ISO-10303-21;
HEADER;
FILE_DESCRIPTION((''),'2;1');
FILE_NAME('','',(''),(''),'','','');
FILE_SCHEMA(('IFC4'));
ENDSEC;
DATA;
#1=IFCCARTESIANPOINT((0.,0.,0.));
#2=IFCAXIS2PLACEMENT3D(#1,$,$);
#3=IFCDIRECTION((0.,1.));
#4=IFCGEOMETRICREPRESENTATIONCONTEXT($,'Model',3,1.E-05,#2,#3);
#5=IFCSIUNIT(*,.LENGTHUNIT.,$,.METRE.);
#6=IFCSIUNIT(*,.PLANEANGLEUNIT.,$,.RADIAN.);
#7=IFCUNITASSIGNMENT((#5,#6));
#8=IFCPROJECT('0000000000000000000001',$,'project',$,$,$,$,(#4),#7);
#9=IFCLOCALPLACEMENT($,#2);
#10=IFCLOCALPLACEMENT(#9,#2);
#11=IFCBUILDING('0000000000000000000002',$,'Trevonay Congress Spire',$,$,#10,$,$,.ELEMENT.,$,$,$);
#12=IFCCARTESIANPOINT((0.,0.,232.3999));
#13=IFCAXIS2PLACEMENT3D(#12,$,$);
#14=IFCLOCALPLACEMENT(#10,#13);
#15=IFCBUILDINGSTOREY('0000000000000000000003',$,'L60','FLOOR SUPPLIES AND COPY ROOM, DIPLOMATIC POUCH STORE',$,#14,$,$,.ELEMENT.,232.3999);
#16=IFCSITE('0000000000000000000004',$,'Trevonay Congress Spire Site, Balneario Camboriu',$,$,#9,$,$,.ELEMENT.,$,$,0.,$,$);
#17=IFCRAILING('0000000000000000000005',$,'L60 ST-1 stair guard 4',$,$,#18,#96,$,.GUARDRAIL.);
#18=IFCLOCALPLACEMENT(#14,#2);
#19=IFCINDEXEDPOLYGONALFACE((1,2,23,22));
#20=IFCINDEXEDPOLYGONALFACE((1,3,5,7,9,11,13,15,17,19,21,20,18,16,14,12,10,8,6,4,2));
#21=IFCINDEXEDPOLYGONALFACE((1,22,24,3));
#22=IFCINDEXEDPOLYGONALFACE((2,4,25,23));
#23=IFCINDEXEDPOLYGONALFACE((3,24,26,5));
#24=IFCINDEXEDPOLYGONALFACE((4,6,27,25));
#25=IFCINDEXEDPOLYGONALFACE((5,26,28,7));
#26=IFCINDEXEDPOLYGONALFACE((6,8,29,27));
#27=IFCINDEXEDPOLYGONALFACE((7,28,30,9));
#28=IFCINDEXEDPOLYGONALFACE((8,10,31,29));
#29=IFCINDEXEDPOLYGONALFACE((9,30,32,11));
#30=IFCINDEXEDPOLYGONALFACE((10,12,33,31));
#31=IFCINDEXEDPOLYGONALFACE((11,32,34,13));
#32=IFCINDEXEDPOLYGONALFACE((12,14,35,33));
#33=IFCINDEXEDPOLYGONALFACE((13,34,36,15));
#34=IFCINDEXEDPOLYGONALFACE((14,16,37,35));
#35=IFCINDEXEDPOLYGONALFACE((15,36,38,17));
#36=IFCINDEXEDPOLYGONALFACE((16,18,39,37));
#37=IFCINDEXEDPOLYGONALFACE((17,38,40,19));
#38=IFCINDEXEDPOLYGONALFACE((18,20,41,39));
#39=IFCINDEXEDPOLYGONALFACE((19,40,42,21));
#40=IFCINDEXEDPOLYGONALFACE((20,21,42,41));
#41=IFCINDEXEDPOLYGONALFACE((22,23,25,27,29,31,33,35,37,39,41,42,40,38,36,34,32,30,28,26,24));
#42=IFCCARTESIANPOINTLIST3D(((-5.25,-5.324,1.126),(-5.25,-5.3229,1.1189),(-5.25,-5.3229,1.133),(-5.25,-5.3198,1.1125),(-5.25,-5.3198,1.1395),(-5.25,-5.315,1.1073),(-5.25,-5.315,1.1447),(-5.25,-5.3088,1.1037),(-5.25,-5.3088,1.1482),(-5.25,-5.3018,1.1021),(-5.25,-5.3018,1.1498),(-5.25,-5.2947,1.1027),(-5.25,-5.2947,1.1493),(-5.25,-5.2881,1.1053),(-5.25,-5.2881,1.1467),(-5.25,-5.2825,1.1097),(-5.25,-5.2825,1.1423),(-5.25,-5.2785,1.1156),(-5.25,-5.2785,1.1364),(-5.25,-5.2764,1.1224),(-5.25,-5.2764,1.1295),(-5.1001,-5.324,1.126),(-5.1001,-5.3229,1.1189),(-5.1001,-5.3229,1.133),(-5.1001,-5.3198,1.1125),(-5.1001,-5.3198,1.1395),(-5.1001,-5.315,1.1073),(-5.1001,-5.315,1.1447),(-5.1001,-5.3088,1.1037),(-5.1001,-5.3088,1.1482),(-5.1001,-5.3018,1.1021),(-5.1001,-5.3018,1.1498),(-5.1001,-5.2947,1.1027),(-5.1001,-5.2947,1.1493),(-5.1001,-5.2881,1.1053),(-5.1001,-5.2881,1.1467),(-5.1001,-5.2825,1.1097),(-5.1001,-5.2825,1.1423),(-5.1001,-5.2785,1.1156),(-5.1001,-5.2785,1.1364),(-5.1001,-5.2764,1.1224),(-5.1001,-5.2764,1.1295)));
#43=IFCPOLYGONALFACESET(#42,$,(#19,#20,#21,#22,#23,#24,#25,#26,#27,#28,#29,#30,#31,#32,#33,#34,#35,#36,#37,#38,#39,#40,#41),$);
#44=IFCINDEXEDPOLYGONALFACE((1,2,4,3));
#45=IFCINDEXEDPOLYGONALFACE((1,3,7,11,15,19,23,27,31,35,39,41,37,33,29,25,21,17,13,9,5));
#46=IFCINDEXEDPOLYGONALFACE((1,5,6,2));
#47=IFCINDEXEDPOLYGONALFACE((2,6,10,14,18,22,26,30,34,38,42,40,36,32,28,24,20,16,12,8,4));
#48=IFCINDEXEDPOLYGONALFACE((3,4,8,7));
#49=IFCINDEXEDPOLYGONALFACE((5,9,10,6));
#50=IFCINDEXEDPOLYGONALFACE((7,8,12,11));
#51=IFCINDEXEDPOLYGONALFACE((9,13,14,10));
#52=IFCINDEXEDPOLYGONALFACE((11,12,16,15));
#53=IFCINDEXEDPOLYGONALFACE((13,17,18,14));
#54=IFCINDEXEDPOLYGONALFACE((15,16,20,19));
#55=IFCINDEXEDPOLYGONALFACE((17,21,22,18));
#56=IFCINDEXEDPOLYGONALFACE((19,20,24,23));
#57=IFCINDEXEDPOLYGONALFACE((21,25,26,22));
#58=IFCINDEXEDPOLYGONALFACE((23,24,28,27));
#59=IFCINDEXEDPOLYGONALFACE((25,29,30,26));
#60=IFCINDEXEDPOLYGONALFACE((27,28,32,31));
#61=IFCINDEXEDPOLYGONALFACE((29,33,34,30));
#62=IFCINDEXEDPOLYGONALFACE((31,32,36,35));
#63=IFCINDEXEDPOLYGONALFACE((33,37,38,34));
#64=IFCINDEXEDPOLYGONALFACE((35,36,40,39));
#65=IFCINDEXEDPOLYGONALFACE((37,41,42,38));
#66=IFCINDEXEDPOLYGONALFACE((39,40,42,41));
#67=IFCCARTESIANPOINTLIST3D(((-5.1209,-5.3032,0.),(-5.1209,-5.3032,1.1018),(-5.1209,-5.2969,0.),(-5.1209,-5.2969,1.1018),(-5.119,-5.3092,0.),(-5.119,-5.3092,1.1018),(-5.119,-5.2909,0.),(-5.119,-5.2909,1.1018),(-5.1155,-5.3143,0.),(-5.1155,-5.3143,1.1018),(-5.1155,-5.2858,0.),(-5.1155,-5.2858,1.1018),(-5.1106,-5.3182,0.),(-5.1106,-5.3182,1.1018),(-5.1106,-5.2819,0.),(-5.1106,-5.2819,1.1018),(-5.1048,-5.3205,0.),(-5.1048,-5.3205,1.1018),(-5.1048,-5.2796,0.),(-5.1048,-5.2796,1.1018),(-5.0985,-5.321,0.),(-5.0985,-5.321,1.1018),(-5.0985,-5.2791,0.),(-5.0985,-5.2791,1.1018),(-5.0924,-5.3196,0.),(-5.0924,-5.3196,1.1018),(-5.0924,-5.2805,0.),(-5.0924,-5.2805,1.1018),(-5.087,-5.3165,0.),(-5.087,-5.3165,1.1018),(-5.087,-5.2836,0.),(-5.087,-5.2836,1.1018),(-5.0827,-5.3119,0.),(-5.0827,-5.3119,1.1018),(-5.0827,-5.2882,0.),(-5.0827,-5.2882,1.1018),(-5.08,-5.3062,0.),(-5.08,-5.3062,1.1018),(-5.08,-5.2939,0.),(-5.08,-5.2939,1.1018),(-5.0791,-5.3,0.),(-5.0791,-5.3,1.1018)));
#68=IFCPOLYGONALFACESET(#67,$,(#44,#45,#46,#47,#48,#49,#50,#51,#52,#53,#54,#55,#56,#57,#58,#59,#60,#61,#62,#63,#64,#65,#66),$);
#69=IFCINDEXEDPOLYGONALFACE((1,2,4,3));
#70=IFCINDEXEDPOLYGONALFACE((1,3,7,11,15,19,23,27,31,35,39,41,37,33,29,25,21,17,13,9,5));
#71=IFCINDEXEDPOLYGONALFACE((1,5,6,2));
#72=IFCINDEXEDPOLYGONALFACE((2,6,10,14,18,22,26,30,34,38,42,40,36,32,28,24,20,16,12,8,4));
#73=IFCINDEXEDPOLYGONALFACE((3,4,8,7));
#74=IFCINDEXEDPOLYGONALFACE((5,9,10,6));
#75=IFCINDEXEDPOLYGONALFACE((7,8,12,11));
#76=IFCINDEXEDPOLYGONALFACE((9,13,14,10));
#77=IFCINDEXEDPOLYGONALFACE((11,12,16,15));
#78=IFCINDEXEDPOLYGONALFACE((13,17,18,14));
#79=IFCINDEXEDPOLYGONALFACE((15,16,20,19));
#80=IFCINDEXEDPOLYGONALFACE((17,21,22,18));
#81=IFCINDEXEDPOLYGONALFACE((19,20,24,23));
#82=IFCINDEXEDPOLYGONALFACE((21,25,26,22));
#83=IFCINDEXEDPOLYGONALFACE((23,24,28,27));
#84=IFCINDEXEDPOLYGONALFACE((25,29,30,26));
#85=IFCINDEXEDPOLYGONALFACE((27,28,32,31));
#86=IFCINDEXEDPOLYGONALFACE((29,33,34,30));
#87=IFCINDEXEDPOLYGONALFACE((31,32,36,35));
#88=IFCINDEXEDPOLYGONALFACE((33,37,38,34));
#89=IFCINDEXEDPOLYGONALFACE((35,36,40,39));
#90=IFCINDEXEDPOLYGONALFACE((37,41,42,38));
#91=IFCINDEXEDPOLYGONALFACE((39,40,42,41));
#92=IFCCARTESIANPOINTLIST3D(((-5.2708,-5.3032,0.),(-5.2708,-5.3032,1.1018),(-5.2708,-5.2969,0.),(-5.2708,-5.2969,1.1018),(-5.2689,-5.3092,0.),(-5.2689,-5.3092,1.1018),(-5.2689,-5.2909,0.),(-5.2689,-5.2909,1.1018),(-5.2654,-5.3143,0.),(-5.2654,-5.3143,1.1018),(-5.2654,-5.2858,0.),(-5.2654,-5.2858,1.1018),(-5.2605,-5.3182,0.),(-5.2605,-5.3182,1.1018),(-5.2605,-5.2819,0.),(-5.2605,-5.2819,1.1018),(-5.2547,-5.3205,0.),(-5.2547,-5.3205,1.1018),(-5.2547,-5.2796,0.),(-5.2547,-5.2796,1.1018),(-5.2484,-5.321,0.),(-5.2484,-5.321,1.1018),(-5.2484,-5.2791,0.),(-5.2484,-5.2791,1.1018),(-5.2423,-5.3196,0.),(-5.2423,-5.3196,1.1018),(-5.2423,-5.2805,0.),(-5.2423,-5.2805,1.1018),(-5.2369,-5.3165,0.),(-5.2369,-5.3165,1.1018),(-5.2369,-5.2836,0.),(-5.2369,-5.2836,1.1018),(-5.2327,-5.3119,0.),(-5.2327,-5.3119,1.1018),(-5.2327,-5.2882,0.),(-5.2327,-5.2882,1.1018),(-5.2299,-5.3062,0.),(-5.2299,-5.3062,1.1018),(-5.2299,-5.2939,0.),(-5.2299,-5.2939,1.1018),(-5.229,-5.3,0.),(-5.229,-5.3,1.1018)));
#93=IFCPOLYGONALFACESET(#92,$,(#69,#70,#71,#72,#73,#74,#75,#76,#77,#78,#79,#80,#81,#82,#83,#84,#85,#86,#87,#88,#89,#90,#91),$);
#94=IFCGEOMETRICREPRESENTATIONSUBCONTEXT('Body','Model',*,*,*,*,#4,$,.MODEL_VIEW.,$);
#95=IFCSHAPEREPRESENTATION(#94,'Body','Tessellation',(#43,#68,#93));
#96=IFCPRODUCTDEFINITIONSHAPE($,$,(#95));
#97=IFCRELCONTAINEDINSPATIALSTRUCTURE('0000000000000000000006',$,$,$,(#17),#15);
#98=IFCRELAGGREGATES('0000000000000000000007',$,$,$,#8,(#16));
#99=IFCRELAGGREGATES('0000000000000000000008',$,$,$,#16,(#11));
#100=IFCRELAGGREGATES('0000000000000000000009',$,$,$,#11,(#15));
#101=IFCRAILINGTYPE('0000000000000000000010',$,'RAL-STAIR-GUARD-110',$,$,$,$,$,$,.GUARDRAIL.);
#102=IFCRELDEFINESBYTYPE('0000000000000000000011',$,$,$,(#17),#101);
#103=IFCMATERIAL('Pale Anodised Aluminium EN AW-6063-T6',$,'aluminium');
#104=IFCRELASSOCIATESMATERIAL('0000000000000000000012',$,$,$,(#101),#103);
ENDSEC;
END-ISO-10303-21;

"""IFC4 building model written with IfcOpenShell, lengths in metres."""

from ifc_helpers import new_model, si_unit, direction, frame, origin, origin_2d, place, context, subcontext, project, spatial, circle, extrude, material, type_object, element, save


model = new_model("IFC4")

# Units and contexts
model_context = context("Model", 3, precision=1e-05, world=origin(), true_north=direction((0.0, 1.0)))
body_context = subcontext(model_context, "Body", "Model", "MODEL_VIEW")
ifc_project = project(units=[si_unit("LENGTHUNIT", "METRE"), si_unit("PLANEANGLEUNIT", "RADIAN")], contexts=[model_context])

# Site, building, storey
site_placement = place(None, origin())
site = spatial("IfcSite", under=ifc_project, at=site_placement, Name="Trevonay Congress Spire Site, Balneario Camboriu", CompositionType="ELEMENT", RefElevation=0.0)
building_placement = place(site_placement, origin())
building = spatial("IfcBuilding", under=site, at=building_placement, Name="Trevonay Congress Spire", CompositionType="ELEMENT")
storey_placement = place(building_placement, frame((0.0, 0.0, 232.3999)))
storey = spatial("IfcBuildingStorey", under=building, at=storey_placement, Name="L60", Description="FLOOR SUPPLIES AND COPY ROOM, DIPLOMATIC POUCH STORE", CompositionType="ELEMENT", Elevation=232.3999)

# Railing
ifc_material_1 = material(Name="Pale Anodised Aluminium EN AW-6063-T6", Category="aluminium")
railing_type_1 = type_object("IfcRailingType", Name="RAL-STAIR-GUARD-110", PredefinedType="GUARDRAIL", material=ifc_material_1)
railing_1_placement = place(storey_placement, frame((-5.1001, -5.3, 0.0)))
element("IfcRailing", 1, at=railing_1_placement, inside=storey, type_object=railing_type_1, Name="L60 ST-1 stair guard 4", PredefinedType="GUARDRAIL", context=body_context, shape_type="SweptSolid", body=[
    extrude(circle(Radius=0.0239, at=origin_2d()), frame((0.0, 0.0, 1.126), z_axis=(-1.0, 0.0, 0.0), x_axis=(0.0, -1.0, 0.0)), (0.0, 0.0, 1.0), 0.1499),
    extrude(circle(Radius=0.021, at=origin_2d()), origin(), (0.0, 0.0, 1.0), 1.1018),
    extrude(circle(Radius=0.021, at=origin_2d()), frame((-0.1499, 0.0, 0.0)), (0.0, 0.0, 1.0), 1.1018),
])

save(model, "model.ifc")
